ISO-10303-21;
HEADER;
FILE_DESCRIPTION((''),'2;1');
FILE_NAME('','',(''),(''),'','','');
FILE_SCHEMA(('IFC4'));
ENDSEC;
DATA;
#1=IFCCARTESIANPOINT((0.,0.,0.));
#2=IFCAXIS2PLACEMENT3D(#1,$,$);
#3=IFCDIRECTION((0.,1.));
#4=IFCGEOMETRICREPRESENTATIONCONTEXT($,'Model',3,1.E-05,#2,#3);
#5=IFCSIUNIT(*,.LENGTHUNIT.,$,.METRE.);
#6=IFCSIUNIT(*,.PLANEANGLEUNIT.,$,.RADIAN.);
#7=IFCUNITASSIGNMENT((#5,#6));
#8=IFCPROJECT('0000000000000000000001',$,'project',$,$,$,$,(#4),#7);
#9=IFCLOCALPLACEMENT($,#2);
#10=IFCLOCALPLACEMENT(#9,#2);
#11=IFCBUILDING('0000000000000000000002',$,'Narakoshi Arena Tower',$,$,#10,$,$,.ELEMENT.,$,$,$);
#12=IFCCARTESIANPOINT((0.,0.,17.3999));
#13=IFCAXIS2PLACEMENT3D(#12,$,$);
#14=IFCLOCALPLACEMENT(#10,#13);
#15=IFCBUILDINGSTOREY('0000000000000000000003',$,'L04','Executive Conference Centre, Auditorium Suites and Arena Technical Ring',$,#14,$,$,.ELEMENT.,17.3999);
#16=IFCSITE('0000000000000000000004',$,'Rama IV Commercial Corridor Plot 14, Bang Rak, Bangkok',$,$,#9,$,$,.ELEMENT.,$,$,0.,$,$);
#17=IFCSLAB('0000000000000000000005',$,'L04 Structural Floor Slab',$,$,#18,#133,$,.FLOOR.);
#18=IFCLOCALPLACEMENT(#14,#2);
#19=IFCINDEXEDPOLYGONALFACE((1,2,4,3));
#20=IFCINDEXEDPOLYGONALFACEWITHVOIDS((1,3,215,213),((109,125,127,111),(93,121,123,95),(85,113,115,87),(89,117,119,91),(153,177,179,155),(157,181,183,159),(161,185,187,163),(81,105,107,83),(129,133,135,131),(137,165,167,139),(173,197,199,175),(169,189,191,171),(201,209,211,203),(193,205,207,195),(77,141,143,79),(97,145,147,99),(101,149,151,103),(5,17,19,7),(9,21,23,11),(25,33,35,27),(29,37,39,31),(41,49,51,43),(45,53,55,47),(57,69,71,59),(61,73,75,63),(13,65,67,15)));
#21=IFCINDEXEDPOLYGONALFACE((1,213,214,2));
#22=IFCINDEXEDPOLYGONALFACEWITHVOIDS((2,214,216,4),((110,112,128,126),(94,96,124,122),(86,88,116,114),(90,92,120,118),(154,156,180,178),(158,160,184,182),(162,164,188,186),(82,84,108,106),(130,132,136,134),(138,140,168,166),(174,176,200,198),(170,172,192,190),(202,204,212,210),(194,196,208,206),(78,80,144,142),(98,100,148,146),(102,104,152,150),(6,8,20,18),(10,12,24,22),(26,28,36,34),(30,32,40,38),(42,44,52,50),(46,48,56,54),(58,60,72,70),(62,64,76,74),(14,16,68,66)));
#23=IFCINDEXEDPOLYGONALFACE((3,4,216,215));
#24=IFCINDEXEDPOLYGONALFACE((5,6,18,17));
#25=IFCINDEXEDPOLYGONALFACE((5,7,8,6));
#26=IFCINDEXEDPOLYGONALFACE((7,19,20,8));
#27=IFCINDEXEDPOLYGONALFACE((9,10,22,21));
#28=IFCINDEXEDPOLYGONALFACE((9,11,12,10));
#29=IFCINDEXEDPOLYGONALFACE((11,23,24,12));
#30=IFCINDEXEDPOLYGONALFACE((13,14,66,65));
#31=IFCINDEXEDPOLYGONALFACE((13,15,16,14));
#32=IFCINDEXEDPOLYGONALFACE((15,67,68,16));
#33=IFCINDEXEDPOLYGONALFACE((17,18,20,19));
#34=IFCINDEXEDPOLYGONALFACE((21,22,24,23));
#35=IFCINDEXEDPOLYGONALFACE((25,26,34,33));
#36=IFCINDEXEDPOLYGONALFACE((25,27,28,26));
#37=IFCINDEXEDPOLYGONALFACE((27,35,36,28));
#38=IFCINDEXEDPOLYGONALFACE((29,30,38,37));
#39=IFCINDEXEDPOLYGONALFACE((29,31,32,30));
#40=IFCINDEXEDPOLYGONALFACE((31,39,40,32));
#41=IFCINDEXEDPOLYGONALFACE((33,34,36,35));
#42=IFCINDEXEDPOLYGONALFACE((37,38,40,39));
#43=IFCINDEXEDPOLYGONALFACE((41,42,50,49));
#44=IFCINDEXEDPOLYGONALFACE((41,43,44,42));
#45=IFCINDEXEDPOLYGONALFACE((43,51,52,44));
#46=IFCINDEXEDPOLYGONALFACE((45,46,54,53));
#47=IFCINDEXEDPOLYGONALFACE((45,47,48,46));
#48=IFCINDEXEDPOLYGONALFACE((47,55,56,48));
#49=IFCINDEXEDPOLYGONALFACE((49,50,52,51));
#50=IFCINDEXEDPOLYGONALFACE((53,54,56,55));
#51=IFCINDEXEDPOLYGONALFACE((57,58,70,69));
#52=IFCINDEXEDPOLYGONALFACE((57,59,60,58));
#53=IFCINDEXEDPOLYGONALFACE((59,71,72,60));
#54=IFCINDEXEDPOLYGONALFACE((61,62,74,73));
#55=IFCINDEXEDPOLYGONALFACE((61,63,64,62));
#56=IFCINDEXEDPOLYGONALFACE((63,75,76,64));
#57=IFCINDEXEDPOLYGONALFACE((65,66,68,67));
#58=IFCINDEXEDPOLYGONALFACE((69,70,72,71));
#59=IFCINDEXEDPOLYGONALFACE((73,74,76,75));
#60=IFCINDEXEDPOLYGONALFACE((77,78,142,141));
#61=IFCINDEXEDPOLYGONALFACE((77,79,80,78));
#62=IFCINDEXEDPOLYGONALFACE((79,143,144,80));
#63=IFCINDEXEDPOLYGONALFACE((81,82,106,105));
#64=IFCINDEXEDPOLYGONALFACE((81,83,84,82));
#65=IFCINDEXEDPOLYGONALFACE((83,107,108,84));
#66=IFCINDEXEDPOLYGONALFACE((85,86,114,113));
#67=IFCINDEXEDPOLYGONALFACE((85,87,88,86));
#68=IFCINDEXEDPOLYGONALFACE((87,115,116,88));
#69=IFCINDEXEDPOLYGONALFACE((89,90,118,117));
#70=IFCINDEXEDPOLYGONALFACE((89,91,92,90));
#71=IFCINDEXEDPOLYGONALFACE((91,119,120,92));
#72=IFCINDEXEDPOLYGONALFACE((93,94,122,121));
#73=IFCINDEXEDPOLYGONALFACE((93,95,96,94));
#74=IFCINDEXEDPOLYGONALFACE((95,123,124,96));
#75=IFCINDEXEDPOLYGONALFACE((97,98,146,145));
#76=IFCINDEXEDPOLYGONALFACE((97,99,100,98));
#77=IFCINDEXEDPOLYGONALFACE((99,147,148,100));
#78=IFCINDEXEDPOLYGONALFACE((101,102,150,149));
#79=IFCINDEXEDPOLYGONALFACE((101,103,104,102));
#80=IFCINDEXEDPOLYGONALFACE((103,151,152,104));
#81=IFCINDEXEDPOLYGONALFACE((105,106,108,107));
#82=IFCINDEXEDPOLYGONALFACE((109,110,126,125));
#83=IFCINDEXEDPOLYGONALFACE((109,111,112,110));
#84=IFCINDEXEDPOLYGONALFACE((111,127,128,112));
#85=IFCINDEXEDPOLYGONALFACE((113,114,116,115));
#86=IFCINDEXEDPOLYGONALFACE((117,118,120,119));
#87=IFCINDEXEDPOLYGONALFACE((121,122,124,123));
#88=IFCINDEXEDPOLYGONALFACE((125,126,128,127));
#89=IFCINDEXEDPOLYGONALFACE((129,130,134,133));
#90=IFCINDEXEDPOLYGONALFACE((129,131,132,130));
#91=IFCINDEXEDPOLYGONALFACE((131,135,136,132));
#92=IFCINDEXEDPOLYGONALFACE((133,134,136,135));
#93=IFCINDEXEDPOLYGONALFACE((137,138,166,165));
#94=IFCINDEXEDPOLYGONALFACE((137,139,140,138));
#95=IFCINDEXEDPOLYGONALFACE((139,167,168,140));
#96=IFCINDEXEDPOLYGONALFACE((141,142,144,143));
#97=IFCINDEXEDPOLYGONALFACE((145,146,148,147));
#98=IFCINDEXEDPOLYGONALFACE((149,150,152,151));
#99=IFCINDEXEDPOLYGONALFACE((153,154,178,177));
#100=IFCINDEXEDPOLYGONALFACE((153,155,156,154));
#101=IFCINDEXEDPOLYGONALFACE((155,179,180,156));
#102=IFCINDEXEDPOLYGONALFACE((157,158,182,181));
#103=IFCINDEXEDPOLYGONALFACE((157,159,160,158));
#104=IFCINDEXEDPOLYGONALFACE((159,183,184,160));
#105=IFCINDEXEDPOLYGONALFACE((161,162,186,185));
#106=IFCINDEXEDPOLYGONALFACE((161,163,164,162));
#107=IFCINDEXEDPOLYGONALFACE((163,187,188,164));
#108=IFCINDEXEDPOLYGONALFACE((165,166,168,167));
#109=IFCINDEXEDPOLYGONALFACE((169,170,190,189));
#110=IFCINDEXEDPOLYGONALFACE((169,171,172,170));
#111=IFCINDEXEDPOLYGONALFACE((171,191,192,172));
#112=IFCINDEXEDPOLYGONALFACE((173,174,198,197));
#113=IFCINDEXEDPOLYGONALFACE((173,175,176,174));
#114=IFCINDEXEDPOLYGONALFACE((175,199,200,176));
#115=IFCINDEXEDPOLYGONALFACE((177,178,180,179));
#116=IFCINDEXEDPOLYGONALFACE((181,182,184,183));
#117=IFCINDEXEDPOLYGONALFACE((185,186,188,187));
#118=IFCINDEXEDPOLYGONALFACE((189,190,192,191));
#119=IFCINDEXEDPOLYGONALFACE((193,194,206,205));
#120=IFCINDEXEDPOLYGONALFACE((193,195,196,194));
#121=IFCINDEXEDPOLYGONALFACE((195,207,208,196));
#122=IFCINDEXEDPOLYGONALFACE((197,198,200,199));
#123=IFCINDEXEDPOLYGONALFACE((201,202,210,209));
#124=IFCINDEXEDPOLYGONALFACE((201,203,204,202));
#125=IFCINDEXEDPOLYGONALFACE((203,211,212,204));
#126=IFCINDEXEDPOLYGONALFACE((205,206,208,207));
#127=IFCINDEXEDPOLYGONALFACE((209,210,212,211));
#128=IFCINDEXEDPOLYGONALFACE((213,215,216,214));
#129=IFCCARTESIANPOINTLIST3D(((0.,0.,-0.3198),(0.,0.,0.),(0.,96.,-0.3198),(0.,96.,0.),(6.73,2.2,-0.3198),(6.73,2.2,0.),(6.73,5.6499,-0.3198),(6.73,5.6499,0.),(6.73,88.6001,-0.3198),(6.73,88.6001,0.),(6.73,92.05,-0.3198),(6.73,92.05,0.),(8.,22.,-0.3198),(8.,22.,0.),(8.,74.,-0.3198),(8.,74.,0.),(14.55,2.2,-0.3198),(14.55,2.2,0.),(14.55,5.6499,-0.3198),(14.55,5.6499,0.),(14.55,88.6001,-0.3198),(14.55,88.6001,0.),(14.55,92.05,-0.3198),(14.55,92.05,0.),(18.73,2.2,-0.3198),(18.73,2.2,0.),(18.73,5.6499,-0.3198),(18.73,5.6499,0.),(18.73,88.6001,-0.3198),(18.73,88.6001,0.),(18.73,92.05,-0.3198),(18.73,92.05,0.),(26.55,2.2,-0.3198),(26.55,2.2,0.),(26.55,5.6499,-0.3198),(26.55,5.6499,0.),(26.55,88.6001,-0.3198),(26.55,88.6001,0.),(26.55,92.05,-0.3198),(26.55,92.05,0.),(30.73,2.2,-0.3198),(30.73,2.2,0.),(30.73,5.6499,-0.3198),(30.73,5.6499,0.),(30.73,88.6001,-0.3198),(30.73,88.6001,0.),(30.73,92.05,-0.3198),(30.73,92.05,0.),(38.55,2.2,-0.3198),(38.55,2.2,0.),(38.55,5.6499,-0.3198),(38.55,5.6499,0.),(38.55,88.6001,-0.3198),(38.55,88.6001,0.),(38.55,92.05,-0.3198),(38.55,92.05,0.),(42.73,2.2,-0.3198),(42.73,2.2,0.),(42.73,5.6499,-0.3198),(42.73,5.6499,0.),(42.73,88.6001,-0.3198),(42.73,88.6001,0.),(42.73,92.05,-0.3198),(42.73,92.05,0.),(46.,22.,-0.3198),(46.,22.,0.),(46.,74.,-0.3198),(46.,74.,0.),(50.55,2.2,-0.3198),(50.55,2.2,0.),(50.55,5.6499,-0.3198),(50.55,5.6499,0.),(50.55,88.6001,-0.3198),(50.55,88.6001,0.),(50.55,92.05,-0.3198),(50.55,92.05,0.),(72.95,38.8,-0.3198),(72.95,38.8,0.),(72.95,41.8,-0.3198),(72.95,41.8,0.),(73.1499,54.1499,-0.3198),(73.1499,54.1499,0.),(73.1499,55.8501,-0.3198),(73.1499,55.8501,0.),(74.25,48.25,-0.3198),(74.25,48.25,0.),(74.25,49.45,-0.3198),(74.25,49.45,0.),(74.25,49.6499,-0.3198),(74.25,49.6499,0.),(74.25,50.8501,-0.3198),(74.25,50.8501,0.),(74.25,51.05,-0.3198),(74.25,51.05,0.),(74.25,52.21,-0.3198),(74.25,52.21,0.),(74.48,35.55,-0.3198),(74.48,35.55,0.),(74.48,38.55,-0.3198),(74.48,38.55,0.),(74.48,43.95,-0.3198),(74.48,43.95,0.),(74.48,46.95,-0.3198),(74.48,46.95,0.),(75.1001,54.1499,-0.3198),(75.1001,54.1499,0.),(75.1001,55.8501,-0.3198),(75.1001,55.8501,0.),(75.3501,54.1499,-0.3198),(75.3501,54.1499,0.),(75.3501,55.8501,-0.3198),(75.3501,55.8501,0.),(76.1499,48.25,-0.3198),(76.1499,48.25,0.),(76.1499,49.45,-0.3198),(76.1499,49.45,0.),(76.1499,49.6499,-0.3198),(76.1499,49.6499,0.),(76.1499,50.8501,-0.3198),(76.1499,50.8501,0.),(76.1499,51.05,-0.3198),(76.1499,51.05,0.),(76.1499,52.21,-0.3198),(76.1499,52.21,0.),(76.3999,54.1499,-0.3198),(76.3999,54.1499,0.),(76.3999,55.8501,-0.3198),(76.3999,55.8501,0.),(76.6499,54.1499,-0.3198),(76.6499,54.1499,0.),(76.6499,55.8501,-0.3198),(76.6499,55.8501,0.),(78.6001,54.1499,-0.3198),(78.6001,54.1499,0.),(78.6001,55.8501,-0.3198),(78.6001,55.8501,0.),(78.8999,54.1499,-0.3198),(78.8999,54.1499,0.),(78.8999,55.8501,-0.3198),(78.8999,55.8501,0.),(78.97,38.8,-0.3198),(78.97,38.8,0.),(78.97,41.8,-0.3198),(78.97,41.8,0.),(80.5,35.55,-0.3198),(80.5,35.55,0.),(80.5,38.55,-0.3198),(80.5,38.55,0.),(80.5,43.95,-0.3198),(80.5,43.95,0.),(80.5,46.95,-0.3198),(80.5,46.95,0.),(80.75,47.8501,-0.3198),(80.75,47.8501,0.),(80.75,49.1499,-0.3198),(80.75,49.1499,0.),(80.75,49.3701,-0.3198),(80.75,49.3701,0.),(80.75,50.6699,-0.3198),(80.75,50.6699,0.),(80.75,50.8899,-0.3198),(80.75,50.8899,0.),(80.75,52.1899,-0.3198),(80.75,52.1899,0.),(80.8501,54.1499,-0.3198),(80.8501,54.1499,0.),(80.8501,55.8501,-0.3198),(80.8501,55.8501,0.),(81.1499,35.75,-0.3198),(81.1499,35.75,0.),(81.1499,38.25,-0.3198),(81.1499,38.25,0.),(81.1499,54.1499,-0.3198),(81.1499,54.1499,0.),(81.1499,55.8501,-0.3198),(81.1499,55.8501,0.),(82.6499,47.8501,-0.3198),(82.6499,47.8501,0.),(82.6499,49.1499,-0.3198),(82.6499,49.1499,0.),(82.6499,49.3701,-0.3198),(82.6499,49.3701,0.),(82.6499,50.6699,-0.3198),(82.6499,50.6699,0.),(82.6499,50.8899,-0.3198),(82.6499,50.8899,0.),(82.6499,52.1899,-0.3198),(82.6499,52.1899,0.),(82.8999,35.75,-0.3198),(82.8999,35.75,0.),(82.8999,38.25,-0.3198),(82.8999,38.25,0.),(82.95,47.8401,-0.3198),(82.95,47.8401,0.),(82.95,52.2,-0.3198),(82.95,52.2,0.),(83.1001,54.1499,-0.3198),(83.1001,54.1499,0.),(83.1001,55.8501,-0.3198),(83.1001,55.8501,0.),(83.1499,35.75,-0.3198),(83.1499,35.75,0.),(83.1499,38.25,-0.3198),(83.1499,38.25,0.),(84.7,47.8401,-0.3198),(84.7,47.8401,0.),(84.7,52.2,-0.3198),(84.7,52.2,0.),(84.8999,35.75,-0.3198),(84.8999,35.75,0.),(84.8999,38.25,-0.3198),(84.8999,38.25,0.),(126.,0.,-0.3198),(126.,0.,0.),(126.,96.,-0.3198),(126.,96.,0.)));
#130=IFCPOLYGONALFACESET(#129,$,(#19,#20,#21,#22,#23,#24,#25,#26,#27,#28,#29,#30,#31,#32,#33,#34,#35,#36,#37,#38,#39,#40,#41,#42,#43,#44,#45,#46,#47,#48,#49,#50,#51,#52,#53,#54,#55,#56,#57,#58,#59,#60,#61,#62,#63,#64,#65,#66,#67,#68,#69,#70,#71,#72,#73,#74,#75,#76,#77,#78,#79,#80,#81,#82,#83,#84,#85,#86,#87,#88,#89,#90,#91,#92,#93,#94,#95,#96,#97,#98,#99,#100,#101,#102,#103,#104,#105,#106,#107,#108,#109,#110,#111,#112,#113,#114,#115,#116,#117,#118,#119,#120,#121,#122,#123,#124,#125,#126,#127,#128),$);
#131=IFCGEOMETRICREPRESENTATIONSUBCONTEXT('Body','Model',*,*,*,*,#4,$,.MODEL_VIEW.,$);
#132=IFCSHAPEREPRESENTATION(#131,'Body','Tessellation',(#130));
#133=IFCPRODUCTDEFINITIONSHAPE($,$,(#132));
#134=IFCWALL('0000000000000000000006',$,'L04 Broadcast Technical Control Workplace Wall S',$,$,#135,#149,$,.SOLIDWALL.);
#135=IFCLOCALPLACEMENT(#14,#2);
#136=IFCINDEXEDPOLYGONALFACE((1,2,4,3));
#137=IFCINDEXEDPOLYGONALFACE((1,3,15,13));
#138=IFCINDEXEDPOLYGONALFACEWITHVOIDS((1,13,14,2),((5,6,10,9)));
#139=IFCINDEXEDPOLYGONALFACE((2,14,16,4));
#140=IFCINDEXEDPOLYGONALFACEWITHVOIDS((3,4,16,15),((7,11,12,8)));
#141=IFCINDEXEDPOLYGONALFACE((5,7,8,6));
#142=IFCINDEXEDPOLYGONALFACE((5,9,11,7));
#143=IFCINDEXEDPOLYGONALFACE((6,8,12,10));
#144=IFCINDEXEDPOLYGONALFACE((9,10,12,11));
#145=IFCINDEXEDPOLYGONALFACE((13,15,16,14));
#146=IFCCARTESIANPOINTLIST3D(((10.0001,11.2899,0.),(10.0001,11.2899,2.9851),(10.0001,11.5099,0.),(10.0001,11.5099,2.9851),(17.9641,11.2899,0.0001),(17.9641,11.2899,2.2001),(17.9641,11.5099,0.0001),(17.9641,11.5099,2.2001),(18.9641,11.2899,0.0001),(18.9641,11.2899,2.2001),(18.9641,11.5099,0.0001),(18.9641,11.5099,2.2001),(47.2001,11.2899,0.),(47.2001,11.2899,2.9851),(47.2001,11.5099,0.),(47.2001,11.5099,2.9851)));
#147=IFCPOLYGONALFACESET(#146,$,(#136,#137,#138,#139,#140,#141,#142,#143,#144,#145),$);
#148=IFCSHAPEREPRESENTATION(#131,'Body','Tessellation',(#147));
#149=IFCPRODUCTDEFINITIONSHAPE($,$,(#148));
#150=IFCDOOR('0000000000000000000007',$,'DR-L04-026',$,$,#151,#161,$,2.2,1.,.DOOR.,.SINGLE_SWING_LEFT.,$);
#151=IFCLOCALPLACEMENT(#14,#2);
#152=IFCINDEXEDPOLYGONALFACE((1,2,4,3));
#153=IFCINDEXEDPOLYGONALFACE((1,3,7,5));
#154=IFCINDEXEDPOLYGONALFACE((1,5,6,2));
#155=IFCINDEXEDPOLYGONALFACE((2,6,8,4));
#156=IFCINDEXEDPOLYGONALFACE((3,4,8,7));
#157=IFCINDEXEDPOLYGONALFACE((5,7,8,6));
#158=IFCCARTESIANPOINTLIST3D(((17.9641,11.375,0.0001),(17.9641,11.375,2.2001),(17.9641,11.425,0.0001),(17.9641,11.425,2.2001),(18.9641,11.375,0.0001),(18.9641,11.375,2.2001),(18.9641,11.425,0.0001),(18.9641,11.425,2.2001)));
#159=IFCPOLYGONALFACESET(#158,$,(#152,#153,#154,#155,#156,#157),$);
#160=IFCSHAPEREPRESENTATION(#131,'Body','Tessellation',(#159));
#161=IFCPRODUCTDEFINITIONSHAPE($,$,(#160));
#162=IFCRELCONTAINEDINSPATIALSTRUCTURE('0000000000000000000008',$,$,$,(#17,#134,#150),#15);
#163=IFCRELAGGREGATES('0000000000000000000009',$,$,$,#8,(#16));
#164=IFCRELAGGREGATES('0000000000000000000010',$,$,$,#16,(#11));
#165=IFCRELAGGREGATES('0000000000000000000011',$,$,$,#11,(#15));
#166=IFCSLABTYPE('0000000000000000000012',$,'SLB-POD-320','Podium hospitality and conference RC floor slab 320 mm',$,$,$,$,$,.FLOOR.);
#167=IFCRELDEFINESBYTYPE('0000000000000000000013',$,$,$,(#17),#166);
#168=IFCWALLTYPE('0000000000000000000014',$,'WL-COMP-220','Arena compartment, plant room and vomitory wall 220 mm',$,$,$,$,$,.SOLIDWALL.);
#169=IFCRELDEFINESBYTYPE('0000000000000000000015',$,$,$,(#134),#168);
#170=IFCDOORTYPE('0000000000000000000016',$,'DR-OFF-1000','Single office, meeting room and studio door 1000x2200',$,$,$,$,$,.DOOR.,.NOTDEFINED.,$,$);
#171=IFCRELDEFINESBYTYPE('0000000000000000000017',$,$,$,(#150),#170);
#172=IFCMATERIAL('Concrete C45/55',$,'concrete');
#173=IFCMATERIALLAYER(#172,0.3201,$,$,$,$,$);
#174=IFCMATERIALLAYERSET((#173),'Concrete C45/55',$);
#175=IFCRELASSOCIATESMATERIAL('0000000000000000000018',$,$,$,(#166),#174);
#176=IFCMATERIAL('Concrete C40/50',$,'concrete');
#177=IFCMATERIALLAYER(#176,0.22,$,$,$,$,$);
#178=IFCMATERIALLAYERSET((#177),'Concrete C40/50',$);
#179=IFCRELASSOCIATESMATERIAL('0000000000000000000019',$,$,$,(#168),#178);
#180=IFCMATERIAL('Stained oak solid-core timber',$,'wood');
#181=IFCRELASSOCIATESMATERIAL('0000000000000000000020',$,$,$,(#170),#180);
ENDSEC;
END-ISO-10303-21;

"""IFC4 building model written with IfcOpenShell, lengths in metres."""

from ifc_helpers import new_model, si_unit, direction, frame, frame_2d, origin, place, context, subcontext, project, spatial, polyline, rectangle, outline, extrude, material, layer, layer_set, type_object, element, fill, save


model = new_model("IFC4")

# Units and contexts
model_context = context("Model", 3, precision=1e-05, world=origin(), true_north=direction((0.0, 1.0)))
body_context = subcontext(model_context, "Body", "Model", "MODEL_VIEW")
ifc_project = project(units=[si_unit("LENGTHUNIT", "METRE"), si_unit("PLANEANGLEUNIT", "RADIAN")], contexts=[model_context])

# Site, building, storey
site_placement = place(None, origin())
site = spatial("IfcSite", under=ifc_project, at=site_placement, Name="Rama IV Commercial Corridor Plot 14, Bang Rak, Bangkok", CompositionType="ELEMENT", RefElevation=0.0)
building_placement = place(site_placement, origin())
building = spatial("IfcBuilding", under=site, at=building_placement, Name="Narakoshi Arena Tower", CompositionType="ELEMENT")
storey_placement = place(building_placement, frame((0.0, 0.0, 17.3999)))
storey = spatial("IfcBuildingStorey", under=building, at=storey_placement, Name="L04", Description="Executive Conference Centre, Auditorium Suites and Arena Technical Ring", CompositionType="ELEMENT", Elevation=17.3999)

# Shared definitions
ifc_material_1 = material(Name="Concrete C45/55", Category="concrete")

# Slab
ifc_layer_1 = layer(ifc_material_1, 0.3201)
ifc_layer_set_1 = layer_set([ifc_layer_1], Name="Concrete C45/55")
slab_type_1 = type_object("IfcSlabType", Name="SLB-POD-320", Description="Podium hospitality and conference RC floor slab 320 mm", PredefinedType="FLOOR", material=ifc_layer_set_1)
slab_1_placement = place(storey_placement, frame((0.0, 0.0, -0.3198)))
element("IfcSlab", 1, at=slab_1_placement, inside=storey, type_object=slab_type_1, Name="L04 Structural Floor Slab", PredefinedType="FLOOR", context=body_context, shape_type="SweptSolid", body=[
    extrude(outline(polyline([(0.0, 0.0), (126.0, 0.0), (126.0, 96.0), (0.0, 96.0), (0.0, 0.0)]), holes=[polyline([(6.73, 2.2), (6.73, 5.6499), (14.55, 5.6499), (14.55, 2.2), (6.73, 2.2)]), polyline([(18.73, 5.6499), (26.55, 5.6499), (26.55, 2.2), (18.73, 2.2), (18.73, 5.6499)]), polyline([(30.73, 5.6499), (38.55, 5.6499), (38.55, 2.2), (30.73, 2.2), (30.73, 5.6499)]), polyline([(42.73, 2.2), (42.73, 5.6499), (50.55, 5.6499), (50.55, 2.2), (42.73, 2.2)]), polyline([(8.0, 74.0), (46.0, 74.0), (46.0, 22.0), (8.0, 22.0), (8.0, 74.0)]), polyline([(74.48, 38.55), (80.5, 38.55), (80.5, 35.55), (74.48, 35.55), (74.48, 38.55)]), polyline([(81.1499, 35.75), (81.1499, 38.25), (82.8999, 38.25), (82.8999, 35.75), (81.1499, 35.75)]), polyline([(83.1499, 38.25), (84.8999, 38.25), (84.8999, 35.75), (83.1499, 35.75), (83.1499, 38.25)]), polyline([(72.95, 38.8), (72.95, 41.8), (78.97, 41.8), (78.97, 38.8), (72.95, 38.8)]), polyline([(74.48, 46.95), (80.5, 46.95), (80.5, 43.95), (74.48, 43.95), (74.48, 46.95)]), polyline([(82.95, 52.2), (84.7, 52.2), (84.7, 47.8401), (82.95, 47.8401), (82.95, 52.2)]), polyline([(80.75, 49.1499), (82.6499, 49.1499), (82.6499, 47.8501), (80.75, 47.8501), (80.75, 49.1499)]), polyline([(74.25, 49.45), (76.1499, 49.45), (76.1499, 48.25), (74.25, 48.25), (74.25, 49.45)]), polyline([(80.75, 49.3701), (80.75, 50.6699), (82.6499, 50.6699), (82.6499, 49.3701), (80.75, 49.3701)]), polyline([(74.25, 49.6499), (74.25, 50.8501), (76.1499, 50.8501), (76.1499, 49.6499), (74.25, 49.6499)]), polyline([(80.75, 52.1899), (82.6499, 52.1899), (82.6499, 50.8899), (80.75, 50.8899), (80.75, 52.1899)]), polyline([(74.25, 52.21), (76.1499, 52.21), (76.1499, 51.05), (74.25, 51.05), (74.25, 52.21)]), polyline([(73.1499, 55.8501), (75.1001, 55.8501), (75.1001, 54.1499), (73.1499, 54.1499), (73.1499, 55.8501)]), polyline([(75.3501, 55.8501), (76.3999, 55.8501), (76.3999, 54.1499), (75.3501, 54.1499), (75.3501, 55.8501)]), polyline([(76.6499, 55.8501), (78.6001, 55.8501), (78.6001, 54.1499), (76.6499, 54.1499), (76.6499, 55.8501)]), polyline([(78.8999, 55.8501), (80.8501, 55.8501), (80.8501, 54.1499), (78.8999, 54.1499), (78.8999, 55.8501)]), polyline([(81.1499, 55.8501), (83.1001, 55.8501), (83.1001, 54.1499), (81.1499, 54.1499), (81.1499, 55.8501)]), polyline([(6.73, 92.05), (14.55, 92.05), (14.55, 88.6001), (6.73, 88.6001), (6.73, 92.05)]), polyline([(18.73, 92.05), (26.55, 92.05), (26.55, 88.6001), (18.73, 88.6001), (18.73, 92.05)]), polyline([(30.73, 92.05), (38.55, 92.05), (38.55, 88.6001), (30.73, 88.6001), (30.73, 92.05)]), polyline([(42.73, 92.05), (50.55, 92.05), (50.55, 88.6001), (42.73, 88.6001), (42.73, 92.05)])]), origin(), (0.0, 0.0, 1.0), 0.3198),
])

# Wall, opening, door
ifc_material_2 = material(Name="Concrete C40/50", Category="concrete")
ifc_layer_2 = layer(ifc_material_2, 0.22)
ifc_layer_set_2 = layer_set([ifc_layer_2], Name="Concrete C40/50")
wall_type_1 = type_object("IfcWallType", Name="WL-COMP-220", Description="Arena compartment, plant room and vomitory wall 220 mm", PredefinedType="SOLIDWALL", material=ifc_layer_set_2)
wall_1_placement = place(storey_placement, frame((10.0, 11.3999, 0.0), z_axis=(0.0, 0.0, 1.0), x_axis=(1.0, 0.0, 0.0)))
wall_1 = element("IfcWall", 2, at=wall_1_placement, inside=storey, type_object=wall_type_1, Name="L04 Broadcast Technical Control Workplace Wall S", PredefinedType="SOLIDWALL", context=body_context, shape_type="SweptSolid", body=[
    extrude(rectangle(XDim=37.2, YDim=0.22, at=frame_2d((18.6001, 0.0))), origin(), (0.0, 0.0, 1.0), 2.9851),
])
opening_1_placement = place(wall_1_placement, frame((7.9641, 0.0, 0.0)))
opening_1 = element("IfcOpeningElement", 3, at=opening_1_placement, cuts=wall_1, PredefinedType="OPENING", context=body_context, shape_type="SweptSolid", body=[
    extrude(rectangle(XDim=1.0, YDim=2.2, at=frame_2d((0.5, 1.1001))), frame((0.0, 0.1199, 0.0), z_axis=(0.0, -1.0, 0.0), x_axis=(1.0, 0.0, 0.0)), (0.0, 0.0, 1.0), 0.24),
])
ifc_material_3 = material(Name="Stained oak solid-core timber", Category="wood")
door_type_1 = type_object("IfcDoorType", Name="DR-OFF-1000", Description="Single office, meeting room and studio door 1000x2200", OperationType="NOTDEFINED", PredefinedType="DOOR", material=ifc_material_3)
door_1_placement = place(opening_1_placement, frame((1.0, 0.0, 0.0), z_axis=(0.0, 0.0, 1.0), x_axis=(-1.0, 0.0, 0.0)))
door_1 = element("IfcDoor", 4, at=door_1_placement, inside=storey, type_object=door_type_1, Name="DR-L04-026", OperationType="SINGLE_SWING_LEFT", OverallHeight=2.2, OverallWidth=1.0, PredefinedType="DOOR", context=body_context, shape_type="SweptSolid", body=[
    extrude(rectangle(XDim=1.0, YDim=2.2, at=frame_2d((0.5, 1.1001))), frame((0.0, 0.0249, 0.0), z_axis=(0.0, -1.0, 0.0), x_axis=(1.0, 0.0, 0.0)), (0.0, 0.0, 1.0), 0.05),
])
fill(opening_1, door_1)

save(model, "model.ifc")
